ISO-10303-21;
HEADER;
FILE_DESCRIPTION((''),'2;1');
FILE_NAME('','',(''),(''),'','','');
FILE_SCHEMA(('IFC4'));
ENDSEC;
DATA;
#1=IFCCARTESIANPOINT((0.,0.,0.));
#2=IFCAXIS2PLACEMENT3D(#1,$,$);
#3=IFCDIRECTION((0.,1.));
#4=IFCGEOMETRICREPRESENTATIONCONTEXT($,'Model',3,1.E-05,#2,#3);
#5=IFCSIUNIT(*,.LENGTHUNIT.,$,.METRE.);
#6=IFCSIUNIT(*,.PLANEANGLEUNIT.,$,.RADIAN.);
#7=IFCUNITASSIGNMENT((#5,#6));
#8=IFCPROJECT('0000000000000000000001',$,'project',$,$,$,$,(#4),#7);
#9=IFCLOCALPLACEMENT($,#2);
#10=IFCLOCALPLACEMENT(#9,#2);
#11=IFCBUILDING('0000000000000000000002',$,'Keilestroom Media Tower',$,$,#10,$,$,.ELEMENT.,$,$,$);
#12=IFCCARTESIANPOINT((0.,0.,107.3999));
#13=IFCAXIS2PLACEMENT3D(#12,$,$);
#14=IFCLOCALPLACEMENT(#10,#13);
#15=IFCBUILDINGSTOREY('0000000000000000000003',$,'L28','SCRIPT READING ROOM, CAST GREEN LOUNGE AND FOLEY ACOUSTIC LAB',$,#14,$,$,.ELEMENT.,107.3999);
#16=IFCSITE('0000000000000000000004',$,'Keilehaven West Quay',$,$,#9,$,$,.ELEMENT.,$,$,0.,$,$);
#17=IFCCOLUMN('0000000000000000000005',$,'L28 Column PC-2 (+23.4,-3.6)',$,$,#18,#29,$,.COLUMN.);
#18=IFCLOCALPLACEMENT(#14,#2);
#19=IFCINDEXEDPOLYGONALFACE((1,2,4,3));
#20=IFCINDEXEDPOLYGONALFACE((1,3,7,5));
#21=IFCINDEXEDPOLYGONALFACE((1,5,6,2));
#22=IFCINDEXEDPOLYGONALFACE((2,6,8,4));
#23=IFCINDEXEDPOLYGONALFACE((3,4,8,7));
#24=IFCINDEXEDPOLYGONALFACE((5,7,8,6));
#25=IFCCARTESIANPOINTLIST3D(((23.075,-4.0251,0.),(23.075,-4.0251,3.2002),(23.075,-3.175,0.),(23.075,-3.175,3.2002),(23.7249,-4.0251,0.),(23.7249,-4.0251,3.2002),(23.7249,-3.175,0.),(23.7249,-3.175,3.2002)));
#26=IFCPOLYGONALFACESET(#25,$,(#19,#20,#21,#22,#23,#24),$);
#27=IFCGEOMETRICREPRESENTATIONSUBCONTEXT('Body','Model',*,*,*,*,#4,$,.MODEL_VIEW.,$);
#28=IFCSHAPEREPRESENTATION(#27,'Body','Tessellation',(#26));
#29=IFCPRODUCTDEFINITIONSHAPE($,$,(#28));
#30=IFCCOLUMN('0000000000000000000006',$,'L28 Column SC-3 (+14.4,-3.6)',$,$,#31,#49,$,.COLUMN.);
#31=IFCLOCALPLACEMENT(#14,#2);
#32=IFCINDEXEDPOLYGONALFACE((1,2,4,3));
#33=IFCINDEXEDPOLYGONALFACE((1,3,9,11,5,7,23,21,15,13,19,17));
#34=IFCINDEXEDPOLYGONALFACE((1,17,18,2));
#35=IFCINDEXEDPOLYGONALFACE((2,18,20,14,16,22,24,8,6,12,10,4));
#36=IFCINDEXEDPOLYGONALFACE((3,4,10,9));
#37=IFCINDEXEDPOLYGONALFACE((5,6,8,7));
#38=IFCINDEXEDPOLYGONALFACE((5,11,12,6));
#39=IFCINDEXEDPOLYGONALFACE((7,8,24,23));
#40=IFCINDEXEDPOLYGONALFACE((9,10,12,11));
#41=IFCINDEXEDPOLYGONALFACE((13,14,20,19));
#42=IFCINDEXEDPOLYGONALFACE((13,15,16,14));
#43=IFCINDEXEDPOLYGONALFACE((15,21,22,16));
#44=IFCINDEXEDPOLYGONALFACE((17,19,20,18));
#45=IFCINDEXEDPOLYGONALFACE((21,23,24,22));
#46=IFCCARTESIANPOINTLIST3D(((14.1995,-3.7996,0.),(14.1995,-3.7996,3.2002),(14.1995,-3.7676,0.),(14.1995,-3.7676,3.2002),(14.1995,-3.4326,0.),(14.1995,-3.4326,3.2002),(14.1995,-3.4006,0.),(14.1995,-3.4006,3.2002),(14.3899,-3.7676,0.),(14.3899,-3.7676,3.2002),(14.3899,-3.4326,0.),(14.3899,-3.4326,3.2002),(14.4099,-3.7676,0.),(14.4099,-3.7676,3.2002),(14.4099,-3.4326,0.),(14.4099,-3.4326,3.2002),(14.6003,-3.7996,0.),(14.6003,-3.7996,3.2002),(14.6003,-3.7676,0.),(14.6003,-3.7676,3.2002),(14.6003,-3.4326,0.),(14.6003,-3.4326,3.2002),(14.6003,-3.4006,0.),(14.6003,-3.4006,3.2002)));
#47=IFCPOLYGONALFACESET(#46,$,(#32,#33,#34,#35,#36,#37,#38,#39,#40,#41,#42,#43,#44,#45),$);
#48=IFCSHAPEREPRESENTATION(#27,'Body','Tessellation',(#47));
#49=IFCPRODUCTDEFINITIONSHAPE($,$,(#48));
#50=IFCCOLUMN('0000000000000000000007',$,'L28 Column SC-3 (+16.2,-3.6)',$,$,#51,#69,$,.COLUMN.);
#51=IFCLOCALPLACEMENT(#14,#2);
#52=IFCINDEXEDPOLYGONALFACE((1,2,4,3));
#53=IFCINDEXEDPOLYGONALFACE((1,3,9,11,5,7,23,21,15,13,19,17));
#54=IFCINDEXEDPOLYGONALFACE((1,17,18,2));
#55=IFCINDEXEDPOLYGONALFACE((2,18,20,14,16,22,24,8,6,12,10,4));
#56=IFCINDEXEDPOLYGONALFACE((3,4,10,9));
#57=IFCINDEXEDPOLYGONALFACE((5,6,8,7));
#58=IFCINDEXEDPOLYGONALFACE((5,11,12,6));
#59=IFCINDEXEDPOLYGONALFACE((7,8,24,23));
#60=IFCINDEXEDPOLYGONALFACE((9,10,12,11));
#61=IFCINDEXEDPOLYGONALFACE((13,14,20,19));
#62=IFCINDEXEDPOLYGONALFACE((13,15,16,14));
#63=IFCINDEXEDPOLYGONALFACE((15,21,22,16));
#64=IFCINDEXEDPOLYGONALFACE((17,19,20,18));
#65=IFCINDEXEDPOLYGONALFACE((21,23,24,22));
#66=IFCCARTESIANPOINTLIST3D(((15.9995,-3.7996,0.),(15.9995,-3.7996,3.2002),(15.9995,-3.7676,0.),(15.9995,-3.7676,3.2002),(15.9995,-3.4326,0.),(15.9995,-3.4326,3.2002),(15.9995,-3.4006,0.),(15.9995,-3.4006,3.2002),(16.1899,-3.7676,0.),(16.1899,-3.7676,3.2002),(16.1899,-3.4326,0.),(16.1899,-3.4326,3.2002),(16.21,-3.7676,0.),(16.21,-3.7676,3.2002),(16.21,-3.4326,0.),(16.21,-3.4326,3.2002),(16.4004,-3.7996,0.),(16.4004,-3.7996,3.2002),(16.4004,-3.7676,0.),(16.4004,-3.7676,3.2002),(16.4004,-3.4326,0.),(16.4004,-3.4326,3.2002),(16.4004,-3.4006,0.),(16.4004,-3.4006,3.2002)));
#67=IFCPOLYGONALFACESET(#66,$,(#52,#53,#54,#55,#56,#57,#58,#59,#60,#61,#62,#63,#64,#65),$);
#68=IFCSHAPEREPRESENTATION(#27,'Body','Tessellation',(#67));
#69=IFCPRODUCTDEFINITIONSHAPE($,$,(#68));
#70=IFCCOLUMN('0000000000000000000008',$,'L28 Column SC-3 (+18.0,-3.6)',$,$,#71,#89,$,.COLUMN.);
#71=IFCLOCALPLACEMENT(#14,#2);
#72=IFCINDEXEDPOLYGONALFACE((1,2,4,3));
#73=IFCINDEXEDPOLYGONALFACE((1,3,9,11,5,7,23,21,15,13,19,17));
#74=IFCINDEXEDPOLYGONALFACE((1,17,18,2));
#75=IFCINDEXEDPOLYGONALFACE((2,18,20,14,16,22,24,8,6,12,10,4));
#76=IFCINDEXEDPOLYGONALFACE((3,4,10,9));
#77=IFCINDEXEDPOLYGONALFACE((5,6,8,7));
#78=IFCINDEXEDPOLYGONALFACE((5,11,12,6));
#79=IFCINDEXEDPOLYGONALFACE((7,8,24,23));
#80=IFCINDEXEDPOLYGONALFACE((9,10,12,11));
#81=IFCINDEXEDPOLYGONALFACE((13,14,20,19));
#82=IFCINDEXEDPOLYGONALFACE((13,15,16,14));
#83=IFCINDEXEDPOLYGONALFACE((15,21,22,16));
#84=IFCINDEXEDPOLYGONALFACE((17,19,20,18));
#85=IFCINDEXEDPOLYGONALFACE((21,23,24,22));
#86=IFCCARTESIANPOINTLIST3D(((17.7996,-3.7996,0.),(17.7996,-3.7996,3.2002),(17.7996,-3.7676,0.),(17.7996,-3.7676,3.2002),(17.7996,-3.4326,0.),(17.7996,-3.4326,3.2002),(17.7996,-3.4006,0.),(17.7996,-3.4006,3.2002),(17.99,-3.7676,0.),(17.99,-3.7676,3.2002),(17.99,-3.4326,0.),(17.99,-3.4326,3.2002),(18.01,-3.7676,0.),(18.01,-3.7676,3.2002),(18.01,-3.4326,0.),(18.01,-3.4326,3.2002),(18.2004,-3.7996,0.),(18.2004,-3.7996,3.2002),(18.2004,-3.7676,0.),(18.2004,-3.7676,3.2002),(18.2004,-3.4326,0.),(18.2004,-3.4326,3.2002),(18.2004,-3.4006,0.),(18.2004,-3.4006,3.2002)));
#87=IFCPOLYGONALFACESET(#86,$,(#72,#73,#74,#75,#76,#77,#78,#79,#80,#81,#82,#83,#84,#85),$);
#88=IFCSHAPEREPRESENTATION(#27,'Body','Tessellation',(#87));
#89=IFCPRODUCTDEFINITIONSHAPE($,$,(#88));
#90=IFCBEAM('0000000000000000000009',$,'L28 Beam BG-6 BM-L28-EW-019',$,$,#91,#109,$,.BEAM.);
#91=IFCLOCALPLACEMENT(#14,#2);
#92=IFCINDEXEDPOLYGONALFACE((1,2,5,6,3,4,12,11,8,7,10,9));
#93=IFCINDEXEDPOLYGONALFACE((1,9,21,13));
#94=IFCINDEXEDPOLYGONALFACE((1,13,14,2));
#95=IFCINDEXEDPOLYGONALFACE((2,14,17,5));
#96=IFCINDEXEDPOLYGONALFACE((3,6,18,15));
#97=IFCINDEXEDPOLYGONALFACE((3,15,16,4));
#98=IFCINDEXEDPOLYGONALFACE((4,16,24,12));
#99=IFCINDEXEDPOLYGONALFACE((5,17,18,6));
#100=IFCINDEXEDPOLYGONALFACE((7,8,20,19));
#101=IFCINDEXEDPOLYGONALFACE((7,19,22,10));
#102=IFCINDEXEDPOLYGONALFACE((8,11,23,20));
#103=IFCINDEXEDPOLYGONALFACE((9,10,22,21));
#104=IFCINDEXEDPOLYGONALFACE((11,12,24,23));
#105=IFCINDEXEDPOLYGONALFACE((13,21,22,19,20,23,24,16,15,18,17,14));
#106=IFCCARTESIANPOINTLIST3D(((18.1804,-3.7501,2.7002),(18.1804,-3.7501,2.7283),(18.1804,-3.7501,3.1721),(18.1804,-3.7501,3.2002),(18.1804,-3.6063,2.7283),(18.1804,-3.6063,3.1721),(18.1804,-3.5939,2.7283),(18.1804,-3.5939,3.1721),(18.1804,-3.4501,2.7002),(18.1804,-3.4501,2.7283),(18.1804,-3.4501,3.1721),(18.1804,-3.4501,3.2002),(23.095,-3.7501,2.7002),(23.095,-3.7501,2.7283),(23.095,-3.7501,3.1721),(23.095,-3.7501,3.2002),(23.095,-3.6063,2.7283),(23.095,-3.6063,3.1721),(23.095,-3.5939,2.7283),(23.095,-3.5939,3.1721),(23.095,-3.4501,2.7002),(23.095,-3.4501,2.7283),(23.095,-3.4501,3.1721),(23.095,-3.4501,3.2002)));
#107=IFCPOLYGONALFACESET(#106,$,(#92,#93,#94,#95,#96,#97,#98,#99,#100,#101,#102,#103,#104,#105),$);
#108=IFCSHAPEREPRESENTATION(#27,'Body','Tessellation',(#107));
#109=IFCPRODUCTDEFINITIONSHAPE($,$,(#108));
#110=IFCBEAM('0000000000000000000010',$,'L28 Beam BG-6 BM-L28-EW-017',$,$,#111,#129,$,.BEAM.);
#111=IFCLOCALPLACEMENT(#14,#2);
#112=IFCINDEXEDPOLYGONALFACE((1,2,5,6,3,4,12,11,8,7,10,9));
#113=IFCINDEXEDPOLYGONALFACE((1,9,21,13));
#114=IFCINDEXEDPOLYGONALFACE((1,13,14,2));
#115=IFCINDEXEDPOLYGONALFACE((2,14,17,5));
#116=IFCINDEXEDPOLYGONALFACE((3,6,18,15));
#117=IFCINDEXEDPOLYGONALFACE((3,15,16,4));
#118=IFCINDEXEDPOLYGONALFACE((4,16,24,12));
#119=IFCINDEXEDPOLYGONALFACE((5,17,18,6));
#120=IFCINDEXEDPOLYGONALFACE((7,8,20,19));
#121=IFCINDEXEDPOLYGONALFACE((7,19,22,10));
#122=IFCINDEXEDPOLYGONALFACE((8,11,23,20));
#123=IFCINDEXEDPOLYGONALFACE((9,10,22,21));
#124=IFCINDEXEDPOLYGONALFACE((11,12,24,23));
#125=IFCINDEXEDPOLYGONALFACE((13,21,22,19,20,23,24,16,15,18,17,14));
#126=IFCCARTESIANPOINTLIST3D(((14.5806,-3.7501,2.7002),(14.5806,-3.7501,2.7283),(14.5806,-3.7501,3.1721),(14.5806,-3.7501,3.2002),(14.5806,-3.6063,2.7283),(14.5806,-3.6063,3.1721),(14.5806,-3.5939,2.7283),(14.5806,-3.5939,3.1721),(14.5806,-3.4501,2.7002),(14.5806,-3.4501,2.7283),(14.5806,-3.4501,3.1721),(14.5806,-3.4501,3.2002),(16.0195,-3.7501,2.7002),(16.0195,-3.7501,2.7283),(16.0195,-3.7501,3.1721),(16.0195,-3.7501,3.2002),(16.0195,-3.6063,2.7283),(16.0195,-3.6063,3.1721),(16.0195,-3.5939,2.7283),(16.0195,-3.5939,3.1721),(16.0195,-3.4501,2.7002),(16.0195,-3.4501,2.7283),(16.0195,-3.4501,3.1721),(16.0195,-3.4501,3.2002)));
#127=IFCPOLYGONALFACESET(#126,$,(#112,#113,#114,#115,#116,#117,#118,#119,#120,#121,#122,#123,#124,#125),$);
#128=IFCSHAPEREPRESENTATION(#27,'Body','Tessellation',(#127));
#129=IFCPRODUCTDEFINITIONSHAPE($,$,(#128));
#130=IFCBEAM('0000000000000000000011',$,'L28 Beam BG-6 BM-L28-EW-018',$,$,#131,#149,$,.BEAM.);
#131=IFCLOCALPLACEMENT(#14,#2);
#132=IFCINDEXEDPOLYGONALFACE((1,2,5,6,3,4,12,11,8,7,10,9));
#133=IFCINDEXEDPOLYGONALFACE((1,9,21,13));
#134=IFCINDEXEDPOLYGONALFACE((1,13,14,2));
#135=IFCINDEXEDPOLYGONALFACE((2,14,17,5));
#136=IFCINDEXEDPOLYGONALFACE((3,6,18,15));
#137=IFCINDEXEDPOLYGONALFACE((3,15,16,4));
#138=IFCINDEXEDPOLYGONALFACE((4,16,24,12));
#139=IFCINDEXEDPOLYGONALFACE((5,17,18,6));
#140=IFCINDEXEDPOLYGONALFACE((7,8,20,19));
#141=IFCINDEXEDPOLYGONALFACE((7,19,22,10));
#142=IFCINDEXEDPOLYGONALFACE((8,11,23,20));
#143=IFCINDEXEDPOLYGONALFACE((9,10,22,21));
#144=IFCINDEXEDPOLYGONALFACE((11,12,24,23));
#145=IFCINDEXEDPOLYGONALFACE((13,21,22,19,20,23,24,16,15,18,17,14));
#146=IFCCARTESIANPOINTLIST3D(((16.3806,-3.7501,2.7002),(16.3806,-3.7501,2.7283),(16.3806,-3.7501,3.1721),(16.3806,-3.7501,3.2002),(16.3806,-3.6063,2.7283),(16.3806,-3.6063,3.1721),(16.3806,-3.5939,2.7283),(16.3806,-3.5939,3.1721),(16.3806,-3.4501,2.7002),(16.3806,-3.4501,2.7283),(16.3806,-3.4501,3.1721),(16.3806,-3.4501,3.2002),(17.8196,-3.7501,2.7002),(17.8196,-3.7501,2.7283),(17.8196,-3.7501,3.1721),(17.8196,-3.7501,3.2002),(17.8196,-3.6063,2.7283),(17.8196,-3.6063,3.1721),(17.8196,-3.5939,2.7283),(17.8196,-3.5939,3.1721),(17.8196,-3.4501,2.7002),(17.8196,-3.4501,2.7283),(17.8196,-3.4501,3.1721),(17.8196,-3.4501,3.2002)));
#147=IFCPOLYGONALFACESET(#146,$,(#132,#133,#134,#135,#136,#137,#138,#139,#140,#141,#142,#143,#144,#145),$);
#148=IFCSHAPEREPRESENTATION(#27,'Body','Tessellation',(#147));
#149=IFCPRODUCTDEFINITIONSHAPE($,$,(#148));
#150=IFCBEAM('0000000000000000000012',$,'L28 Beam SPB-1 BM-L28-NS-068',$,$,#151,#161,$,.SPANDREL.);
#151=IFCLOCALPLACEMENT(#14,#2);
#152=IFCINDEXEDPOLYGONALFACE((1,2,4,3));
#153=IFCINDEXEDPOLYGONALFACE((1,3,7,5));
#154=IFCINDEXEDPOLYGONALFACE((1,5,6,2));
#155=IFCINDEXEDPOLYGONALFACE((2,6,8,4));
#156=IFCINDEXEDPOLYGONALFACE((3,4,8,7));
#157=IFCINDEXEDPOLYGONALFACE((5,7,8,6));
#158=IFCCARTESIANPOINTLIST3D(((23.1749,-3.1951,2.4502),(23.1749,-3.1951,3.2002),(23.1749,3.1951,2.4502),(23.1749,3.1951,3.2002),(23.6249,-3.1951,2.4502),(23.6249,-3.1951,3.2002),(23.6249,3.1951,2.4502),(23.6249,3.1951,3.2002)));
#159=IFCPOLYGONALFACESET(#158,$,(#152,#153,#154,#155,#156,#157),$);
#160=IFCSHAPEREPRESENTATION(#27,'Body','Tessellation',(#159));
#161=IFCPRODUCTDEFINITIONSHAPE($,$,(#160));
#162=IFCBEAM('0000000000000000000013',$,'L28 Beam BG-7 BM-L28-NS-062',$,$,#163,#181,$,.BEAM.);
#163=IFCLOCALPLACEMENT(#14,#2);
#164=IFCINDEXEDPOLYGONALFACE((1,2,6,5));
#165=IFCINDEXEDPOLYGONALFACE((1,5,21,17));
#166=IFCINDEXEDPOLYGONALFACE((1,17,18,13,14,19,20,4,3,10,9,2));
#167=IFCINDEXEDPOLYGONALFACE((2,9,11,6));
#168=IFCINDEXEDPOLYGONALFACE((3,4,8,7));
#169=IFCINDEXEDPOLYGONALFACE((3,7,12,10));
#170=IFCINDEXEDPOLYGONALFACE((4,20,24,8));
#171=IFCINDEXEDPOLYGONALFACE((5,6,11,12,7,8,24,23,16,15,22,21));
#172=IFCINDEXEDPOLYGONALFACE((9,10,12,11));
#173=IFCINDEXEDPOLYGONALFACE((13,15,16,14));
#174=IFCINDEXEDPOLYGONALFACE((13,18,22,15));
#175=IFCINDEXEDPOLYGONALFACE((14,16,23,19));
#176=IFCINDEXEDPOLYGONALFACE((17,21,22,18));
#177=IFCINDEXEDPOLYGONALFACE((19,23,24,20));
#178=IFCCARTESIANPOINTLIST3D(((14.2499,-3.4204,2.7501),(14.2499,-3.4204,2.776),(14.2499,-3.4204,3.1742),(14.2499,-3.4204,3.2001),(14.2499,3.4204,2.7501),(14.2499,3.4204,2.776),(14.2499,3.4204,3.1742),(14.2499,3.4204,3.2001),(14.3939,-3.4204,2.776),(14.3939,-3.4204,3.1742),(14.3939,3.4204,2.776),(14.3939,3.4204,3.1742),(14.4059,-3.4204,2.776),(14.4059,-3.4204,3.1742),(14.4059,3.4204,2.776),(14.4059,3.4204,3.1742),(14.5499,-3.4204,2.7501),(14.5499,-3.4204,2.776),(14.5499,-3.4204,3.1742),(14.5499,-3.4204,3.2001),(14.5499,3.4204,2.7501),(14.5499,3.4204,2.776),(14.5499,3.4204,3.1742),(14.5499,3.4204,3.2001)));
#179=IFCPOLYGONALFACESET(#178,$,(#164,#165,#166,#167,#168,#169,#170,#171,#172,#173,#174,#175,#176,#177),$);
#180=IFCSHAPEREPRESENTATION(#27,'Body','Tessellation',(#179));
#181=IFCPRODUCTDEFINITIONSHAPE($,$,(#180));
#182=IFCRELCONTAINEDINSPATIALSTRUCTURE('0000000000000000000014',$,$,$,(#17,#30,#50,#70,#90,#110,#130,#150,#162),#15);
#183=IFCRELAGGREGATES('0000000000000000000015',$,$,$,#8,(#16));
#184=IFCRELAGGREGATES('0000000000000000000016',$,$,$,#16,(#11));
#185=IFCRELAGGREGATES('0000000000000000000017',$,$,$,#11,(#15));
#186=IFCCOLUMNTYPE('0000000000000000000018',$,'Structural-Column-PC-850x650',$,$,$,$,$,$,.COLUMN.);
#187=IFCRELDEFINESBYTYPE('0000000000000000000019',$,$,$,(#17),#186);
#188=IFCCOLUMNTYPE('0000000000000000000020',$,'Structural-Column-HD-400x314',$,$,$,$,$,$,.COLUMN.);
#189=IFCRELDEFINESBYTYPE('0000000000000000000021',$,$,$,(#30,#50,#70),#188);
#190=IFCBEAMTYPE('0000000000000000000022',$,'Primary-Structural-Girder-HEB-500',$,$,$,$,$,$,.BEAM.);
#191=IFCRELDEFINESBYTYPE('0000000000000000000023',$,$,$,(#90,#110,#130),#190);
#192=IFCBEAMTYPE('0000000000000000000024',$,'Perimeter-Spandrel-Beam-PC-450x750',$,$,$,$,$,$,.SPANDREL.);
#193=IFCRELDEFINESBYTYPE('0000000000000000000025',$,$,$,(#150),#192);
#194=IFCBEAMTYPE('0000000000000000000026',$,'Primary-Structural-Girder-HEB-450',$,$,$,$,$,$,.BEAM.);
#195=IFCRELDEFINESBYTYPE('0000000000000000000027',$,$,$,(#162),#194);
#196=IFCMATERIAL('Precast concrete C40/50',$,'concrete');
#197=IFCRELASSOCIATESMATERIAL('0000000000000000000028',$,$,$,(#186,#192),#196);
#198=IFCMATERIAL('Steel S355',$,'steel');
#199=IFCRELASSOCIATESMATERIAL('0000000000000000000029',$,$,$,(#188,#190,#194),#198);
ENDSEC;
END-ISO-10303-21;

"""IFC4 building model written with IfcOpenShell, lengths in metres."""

from ifc_helpers import new_model, si_unit, direction, frame, origin, origin_2d, place, context, subcontext, project, spatial, rectangle, i_section, extrude, source, transform, mapped, material, material_profile, profile_set, type_object, element, save


model = new_model("IFC4")

# Units and contexts
model_context = context("Model", 3, precision=1e-05, world=origin(), true_north=direction((0.0, 1.0)))
body_context = subcontext(model_context, "Body", "Model", "MODEL_VIEW")
ifc_project = project(units=[si_unit("LENGTHUNIT", "METRE"), si_unit("PLANEANGLEUNIT", "RADIAN")], contexts=[model_context])

# Site, building, storey
site_placement = place(None, origin())
site = spatial("IfcSite", under=ifc_project, at=site_placement, Name="Keilehaven West Quay", CompositionType="ELEMENT", RefElevation=0.0)
building_placement = place(site_placement, origin())
building = spatial("IfcBuilding", under=site, at=building_placement, Name="Keilestroom Media Tower", CompositionType="ELEMENT")
storey_placement = place(building_placement, frame((0.0, 0.0, 107.3999)))
storey = spatial("IfcBuildingStorey", under=building, at=storey_placement, Name="L28", Description="SCRIPT READING ROOM, CAST GREEN LOUNGE AND FOLEY ACOUSTIC LAB", CompositionType="ELEMENT", Elevation=107.3999)

# Columns
ifc_material_1 = material(Name="Precast concrete C40/50", Category="concrete")
ifc_material_profile_1 = material_profile(ifc_material_1, rectangle(XDim=0.6499, YDim=0.8501, at=origin_2d()), Name="PC 850x650")
ifc_profile_set_1 = profile_set([ifc_material_profile_1], Name="Precast concrete C40/50")
column_type_1 = type_object("IfcColumnType", Name="Structural-Column-PC-850x650", PredefinedType="COLUMN", material=ifc_profile_set_1)
shared_shape_1 = source(origin(), body_context, "Body", "SweptSolid", [
    extrude(rectangle(XDim=0.6499, YDim=0.8501, at=origin_2d()), origin(), (0.0, 0.0, 1.0), 3.2002),
])
column_placement = place(storey_placement, frame((23.3999, -3.6001, 0.0), z_axis=(0.0, 0.0, 1.0), x_axis=(1.0, 0.0, 0.0)))
element("IfcColumn", 1, at=column_placement, inside=storey, type_object=column_type_1, Name="L28 Column PC-2 (+23.4,-3.6)", PredefinedType="COLUMN", context=body_context, shape_type="MappedRepresentation", body=[
    mapped(shared_shape_1, transform((0.0, 0.0, 0.0), x_axis=(1.0, 0.0, 0.0), y_axis=(0.0, 1.0, 0.0), z_axis=(0.0, 0.0, 1.0), scale=1.0)),
])
ifc_material_2 = material(Name="Steel S355", Category="steel")
ifc_material_profile_2 = material_profile(ifc_material_2, i_section(OverallWidth=0.4009, OverallDepth=0.3989, WebThickness=0.02, FlangeThickness=0.032, at=origin_2d()), Name="HD 400x314")
ifc_profile_set_2 = profile_set([ifc_material_profile_2], Name="Steel S355")
column_type_2 = type_object("IfcColumnType", Name="Structural-Column-HD-400x314", PredefinedType="COLUMN", material=ifc_profile_set_2)
shared_shape_2 = source(origin(), body_context, "Body", "SweptSolid", [
    extrude(i_section(OverallWidth=0.4009, OverallDepth=0.3989, WebThickness=0.02, FlangeThickness=0.032, at=origin_2d()), origin(), (0.0, 0.0, 1.0), 3.2002),
])
for number, where, z_axis, x_axis, name in (
    (2, (14.3999, -3.6001, 0.0), (0.0, 0.0, 1.0), (1.0, 0.0, 0.0), "L28 Column SC-3 (+14.4,-3.6)"),
    (3, (16.2, -3.6001, 0.0), (0.0, 0.0, 1.0), (1.0, 0.0, 0.0), "L28 Column SC-3 (+16.2,-3.6)"),
    (4, (18.0, -3.6001, 0.0), (0.0, 0.0, 1.0), (1.0, 0.0, 0.0), "L28 Column SC-3 (+18.0,-3.6)"),
):
    element("IfcColumn", number, at=place(storey_placement, frame(where, z_axis=z_axis, x_axis=x_axis)), inside=storey, type_object=column_type_2, Name=name, PredefinedType="COLUMN", context=body_context, shape_type="MappedRepresentation", body=[
        mapped(shared_shape_2, transform((0.0, 0.0, 0.0), x_axis=(1.0, 0.0, 0.0), y_axis=(0.0, 1.0, 0.0), z_axis=(0.0, 0.0, 1.0), scale=1.0)),
    ])

# Beams
ifc_material_profile_3 = material_profile(ifc_material_2, i_section(OverallWidth=0.3, OverallDepth=0.5, WebThickness=0.0125, FlangeThickness=0.0281, at=origin_2d()), Name="HEB 500")
ifc_profile_set_3 = profile_set([ifc_material_profile_3], Name="Steel S355")
beam_type_1 = type_object("IfcBeamType", Name="Primary-Structural-Girder-HEB-500", PredefinedType="BEAM", material=ifc_profile_set_3)
shared_shape_3 = source(origin(), body_context, "Body", "SweptSolid", [
    extrude(i_section(OverallWidth=0.3, OverallDepth=0.5, WebThickness=0.0125, FlangeThickness=0.0281, at=origin_2d()), origin(), (0.0, 0.0, 1.0), 4.9146),
])
beam_1_placement = place(storey_placement, frame((18.1804, -3.6001, 2.9502), z_axis=(1.0, 0.0, 0.0), x_axis=(0.0, 1.0, 0.0)))
element("IfcBeam", 5, at=beam_1_placement, inside=storey, type_object=beam_type_1, Name="L28 Beam BG-6 BM-L28-EW-019", PredefinedType="BEAM", context=body_context, shape_type="MappedRepresentation", body=[
    mapped(shared_shape_3, transform((0.0, 0.0, 0.0), x_axis=(1.0, 0.0, 0.0), y_axis=(0.0, 1.0, 0.0), z_axis=(0.0, 0.0, 1.0), scale=1.0)),
])
shared_shape_4 = source(origin(), body_context, "Body", "SweptSolid", [
    extrude(i_section(OverallWidth=0.3, OverallDepth=0.5, WebThickness=0.0125, FlangeThickness=0.0281, at=origin_2d()), origin(), (0.0, 0.0, 1.0), 1.439),
])
for number, where, z_axis, x_axis, name in (
    (6, (14.5806, -3.6001, 2.9502), (1.0, 0.0, 0.0), (0.0, 1.0, 0.0), "L28 Beam BG-6 BM-L28-EW-017"),
    (7, (16.3806, -3.6001, 2.9502), (1.0, 0.0, 0.0), (0.0, 1.0, 0.0), "L28 Beam BG-6 BM-L28-EW-018"),
):
    element("IfcBeam", number, at=place(storey_placement, frame(where, z_axis=z_axis, x_axis=x_axis)), inside=storey, type_object=beam_type_1, Name=name, PredefinedType="BEAM", context=body_context, shape_type="MappedRepresentation", body=[
        mapped(shared_shape_4, transform((0.0, 0.0, 0.0), x_axis=(1.0, 0.0, 0.0), y_axis=(0.0, 1.0, 0.0), z_axis=(0.0, 0.0, 1.0), scale=1.0)),
    ])
ifc_material_profile_4 = material_profile(ifc_material_1, rectangle(XDim=0.45, YDim=0.75, at=origin_2d()), Name="PC 450x750")
ifc_profile_set_4 = profile_set([ifc_material_profile_4], Name="Precast concrete C40/50")
beam_type_2 = type_object("IfcBeamType", Name="Perimeter-Spandrel-Beam-PC-450x750", PredefinedType="SPANDREL", material=ifc_profile_set_4)
shared_shape_5 = source(origin(), body_context, "Body", "SweptSolid", [
    extrude(rectangle(XDim=0.45, YDim=0.75, at=origin_2d()), origin(), (0.0, 0.0, 1.0), 6.3901),
])
beam_2_placement = place(storey_placement, frame((23.3999, -3.1951, 2.8252), z_axis=(0.0, 1.0, 0.0), x_axis=(-1.0, 0.0, 0.0)))
element("IfcBeam", 8, at=beam_2_placement, inside=storey, type_object=beam_type_2, Name="L28 Beam SPB-1 BM-L28-NS-068", PredefinedType="SPANDREL", context=body_context, shape_type="MappedRepresentation", body=[
    mapped(shared_shape_5, transform((0.0, 0.0, 0.0), x_axis=(1.0, 0.0, 0.0), y_axis=(0.0, 1.0, 0.0), z_axis=(0.0, 0.0, 1.0), scale=1.0)),
])
ifc_material_profile_5 = material_profile(ifc_material_2, i_section(OverallWidth=0.3, OverallDepth=0.45, WebThickness=0.012, FlangeThickness=0.0259, at=origin_2d()), Name="HEB 450")
ifc_profile_set_5 = profile_set([ifc_material_profile_5], Name="Steel S355")
beam_type_3 = type_object("IfcBeamType", Name="Primary-Structural-Girder-HEB-450", PredefinedType="BEAM", material=ifc_profile_set_5)
shared_shape_6 = source(origin(), body_context, "Body", "SweptSolid", [
    extrude(i_section(OverallWidth=0.3, OverallDepth=0.45, WebThickness=0.012, FlangeThickness=0.0259, at=origin_2d()), origin(), (0.0, 0.0, 1.0), 6.8408),
])
for number, where, z_axis, x_axis, name in (
    (9, (14.3999, -3.4204, 2.9751), (0.0, 1.0, 0.0), (-1.0, 0.0, 0.0), "L28 Beam BG-7 BM-L28-NS-062"),
):
    element("IfcBeam", number, at=place(storey_placement, frame(where, z_axis=z_axis, x_axis=x_axis)), inside=storey, type_object=beam_type_3, Name=name, PredefinedType="BEAM", context=body_context, shape_type="MappedRepresentation", body=[
        mapped(shared_shape_6, transform((0.0, 0.0, 0.0), x_axis=(1.0, 0.0, 0.0), y_axis=(0.0, 1.0, 0.0), z_axis=(0.0, 0.0, 1.0), scale=1.0)),
    ])

save(model, "model.ifc")
